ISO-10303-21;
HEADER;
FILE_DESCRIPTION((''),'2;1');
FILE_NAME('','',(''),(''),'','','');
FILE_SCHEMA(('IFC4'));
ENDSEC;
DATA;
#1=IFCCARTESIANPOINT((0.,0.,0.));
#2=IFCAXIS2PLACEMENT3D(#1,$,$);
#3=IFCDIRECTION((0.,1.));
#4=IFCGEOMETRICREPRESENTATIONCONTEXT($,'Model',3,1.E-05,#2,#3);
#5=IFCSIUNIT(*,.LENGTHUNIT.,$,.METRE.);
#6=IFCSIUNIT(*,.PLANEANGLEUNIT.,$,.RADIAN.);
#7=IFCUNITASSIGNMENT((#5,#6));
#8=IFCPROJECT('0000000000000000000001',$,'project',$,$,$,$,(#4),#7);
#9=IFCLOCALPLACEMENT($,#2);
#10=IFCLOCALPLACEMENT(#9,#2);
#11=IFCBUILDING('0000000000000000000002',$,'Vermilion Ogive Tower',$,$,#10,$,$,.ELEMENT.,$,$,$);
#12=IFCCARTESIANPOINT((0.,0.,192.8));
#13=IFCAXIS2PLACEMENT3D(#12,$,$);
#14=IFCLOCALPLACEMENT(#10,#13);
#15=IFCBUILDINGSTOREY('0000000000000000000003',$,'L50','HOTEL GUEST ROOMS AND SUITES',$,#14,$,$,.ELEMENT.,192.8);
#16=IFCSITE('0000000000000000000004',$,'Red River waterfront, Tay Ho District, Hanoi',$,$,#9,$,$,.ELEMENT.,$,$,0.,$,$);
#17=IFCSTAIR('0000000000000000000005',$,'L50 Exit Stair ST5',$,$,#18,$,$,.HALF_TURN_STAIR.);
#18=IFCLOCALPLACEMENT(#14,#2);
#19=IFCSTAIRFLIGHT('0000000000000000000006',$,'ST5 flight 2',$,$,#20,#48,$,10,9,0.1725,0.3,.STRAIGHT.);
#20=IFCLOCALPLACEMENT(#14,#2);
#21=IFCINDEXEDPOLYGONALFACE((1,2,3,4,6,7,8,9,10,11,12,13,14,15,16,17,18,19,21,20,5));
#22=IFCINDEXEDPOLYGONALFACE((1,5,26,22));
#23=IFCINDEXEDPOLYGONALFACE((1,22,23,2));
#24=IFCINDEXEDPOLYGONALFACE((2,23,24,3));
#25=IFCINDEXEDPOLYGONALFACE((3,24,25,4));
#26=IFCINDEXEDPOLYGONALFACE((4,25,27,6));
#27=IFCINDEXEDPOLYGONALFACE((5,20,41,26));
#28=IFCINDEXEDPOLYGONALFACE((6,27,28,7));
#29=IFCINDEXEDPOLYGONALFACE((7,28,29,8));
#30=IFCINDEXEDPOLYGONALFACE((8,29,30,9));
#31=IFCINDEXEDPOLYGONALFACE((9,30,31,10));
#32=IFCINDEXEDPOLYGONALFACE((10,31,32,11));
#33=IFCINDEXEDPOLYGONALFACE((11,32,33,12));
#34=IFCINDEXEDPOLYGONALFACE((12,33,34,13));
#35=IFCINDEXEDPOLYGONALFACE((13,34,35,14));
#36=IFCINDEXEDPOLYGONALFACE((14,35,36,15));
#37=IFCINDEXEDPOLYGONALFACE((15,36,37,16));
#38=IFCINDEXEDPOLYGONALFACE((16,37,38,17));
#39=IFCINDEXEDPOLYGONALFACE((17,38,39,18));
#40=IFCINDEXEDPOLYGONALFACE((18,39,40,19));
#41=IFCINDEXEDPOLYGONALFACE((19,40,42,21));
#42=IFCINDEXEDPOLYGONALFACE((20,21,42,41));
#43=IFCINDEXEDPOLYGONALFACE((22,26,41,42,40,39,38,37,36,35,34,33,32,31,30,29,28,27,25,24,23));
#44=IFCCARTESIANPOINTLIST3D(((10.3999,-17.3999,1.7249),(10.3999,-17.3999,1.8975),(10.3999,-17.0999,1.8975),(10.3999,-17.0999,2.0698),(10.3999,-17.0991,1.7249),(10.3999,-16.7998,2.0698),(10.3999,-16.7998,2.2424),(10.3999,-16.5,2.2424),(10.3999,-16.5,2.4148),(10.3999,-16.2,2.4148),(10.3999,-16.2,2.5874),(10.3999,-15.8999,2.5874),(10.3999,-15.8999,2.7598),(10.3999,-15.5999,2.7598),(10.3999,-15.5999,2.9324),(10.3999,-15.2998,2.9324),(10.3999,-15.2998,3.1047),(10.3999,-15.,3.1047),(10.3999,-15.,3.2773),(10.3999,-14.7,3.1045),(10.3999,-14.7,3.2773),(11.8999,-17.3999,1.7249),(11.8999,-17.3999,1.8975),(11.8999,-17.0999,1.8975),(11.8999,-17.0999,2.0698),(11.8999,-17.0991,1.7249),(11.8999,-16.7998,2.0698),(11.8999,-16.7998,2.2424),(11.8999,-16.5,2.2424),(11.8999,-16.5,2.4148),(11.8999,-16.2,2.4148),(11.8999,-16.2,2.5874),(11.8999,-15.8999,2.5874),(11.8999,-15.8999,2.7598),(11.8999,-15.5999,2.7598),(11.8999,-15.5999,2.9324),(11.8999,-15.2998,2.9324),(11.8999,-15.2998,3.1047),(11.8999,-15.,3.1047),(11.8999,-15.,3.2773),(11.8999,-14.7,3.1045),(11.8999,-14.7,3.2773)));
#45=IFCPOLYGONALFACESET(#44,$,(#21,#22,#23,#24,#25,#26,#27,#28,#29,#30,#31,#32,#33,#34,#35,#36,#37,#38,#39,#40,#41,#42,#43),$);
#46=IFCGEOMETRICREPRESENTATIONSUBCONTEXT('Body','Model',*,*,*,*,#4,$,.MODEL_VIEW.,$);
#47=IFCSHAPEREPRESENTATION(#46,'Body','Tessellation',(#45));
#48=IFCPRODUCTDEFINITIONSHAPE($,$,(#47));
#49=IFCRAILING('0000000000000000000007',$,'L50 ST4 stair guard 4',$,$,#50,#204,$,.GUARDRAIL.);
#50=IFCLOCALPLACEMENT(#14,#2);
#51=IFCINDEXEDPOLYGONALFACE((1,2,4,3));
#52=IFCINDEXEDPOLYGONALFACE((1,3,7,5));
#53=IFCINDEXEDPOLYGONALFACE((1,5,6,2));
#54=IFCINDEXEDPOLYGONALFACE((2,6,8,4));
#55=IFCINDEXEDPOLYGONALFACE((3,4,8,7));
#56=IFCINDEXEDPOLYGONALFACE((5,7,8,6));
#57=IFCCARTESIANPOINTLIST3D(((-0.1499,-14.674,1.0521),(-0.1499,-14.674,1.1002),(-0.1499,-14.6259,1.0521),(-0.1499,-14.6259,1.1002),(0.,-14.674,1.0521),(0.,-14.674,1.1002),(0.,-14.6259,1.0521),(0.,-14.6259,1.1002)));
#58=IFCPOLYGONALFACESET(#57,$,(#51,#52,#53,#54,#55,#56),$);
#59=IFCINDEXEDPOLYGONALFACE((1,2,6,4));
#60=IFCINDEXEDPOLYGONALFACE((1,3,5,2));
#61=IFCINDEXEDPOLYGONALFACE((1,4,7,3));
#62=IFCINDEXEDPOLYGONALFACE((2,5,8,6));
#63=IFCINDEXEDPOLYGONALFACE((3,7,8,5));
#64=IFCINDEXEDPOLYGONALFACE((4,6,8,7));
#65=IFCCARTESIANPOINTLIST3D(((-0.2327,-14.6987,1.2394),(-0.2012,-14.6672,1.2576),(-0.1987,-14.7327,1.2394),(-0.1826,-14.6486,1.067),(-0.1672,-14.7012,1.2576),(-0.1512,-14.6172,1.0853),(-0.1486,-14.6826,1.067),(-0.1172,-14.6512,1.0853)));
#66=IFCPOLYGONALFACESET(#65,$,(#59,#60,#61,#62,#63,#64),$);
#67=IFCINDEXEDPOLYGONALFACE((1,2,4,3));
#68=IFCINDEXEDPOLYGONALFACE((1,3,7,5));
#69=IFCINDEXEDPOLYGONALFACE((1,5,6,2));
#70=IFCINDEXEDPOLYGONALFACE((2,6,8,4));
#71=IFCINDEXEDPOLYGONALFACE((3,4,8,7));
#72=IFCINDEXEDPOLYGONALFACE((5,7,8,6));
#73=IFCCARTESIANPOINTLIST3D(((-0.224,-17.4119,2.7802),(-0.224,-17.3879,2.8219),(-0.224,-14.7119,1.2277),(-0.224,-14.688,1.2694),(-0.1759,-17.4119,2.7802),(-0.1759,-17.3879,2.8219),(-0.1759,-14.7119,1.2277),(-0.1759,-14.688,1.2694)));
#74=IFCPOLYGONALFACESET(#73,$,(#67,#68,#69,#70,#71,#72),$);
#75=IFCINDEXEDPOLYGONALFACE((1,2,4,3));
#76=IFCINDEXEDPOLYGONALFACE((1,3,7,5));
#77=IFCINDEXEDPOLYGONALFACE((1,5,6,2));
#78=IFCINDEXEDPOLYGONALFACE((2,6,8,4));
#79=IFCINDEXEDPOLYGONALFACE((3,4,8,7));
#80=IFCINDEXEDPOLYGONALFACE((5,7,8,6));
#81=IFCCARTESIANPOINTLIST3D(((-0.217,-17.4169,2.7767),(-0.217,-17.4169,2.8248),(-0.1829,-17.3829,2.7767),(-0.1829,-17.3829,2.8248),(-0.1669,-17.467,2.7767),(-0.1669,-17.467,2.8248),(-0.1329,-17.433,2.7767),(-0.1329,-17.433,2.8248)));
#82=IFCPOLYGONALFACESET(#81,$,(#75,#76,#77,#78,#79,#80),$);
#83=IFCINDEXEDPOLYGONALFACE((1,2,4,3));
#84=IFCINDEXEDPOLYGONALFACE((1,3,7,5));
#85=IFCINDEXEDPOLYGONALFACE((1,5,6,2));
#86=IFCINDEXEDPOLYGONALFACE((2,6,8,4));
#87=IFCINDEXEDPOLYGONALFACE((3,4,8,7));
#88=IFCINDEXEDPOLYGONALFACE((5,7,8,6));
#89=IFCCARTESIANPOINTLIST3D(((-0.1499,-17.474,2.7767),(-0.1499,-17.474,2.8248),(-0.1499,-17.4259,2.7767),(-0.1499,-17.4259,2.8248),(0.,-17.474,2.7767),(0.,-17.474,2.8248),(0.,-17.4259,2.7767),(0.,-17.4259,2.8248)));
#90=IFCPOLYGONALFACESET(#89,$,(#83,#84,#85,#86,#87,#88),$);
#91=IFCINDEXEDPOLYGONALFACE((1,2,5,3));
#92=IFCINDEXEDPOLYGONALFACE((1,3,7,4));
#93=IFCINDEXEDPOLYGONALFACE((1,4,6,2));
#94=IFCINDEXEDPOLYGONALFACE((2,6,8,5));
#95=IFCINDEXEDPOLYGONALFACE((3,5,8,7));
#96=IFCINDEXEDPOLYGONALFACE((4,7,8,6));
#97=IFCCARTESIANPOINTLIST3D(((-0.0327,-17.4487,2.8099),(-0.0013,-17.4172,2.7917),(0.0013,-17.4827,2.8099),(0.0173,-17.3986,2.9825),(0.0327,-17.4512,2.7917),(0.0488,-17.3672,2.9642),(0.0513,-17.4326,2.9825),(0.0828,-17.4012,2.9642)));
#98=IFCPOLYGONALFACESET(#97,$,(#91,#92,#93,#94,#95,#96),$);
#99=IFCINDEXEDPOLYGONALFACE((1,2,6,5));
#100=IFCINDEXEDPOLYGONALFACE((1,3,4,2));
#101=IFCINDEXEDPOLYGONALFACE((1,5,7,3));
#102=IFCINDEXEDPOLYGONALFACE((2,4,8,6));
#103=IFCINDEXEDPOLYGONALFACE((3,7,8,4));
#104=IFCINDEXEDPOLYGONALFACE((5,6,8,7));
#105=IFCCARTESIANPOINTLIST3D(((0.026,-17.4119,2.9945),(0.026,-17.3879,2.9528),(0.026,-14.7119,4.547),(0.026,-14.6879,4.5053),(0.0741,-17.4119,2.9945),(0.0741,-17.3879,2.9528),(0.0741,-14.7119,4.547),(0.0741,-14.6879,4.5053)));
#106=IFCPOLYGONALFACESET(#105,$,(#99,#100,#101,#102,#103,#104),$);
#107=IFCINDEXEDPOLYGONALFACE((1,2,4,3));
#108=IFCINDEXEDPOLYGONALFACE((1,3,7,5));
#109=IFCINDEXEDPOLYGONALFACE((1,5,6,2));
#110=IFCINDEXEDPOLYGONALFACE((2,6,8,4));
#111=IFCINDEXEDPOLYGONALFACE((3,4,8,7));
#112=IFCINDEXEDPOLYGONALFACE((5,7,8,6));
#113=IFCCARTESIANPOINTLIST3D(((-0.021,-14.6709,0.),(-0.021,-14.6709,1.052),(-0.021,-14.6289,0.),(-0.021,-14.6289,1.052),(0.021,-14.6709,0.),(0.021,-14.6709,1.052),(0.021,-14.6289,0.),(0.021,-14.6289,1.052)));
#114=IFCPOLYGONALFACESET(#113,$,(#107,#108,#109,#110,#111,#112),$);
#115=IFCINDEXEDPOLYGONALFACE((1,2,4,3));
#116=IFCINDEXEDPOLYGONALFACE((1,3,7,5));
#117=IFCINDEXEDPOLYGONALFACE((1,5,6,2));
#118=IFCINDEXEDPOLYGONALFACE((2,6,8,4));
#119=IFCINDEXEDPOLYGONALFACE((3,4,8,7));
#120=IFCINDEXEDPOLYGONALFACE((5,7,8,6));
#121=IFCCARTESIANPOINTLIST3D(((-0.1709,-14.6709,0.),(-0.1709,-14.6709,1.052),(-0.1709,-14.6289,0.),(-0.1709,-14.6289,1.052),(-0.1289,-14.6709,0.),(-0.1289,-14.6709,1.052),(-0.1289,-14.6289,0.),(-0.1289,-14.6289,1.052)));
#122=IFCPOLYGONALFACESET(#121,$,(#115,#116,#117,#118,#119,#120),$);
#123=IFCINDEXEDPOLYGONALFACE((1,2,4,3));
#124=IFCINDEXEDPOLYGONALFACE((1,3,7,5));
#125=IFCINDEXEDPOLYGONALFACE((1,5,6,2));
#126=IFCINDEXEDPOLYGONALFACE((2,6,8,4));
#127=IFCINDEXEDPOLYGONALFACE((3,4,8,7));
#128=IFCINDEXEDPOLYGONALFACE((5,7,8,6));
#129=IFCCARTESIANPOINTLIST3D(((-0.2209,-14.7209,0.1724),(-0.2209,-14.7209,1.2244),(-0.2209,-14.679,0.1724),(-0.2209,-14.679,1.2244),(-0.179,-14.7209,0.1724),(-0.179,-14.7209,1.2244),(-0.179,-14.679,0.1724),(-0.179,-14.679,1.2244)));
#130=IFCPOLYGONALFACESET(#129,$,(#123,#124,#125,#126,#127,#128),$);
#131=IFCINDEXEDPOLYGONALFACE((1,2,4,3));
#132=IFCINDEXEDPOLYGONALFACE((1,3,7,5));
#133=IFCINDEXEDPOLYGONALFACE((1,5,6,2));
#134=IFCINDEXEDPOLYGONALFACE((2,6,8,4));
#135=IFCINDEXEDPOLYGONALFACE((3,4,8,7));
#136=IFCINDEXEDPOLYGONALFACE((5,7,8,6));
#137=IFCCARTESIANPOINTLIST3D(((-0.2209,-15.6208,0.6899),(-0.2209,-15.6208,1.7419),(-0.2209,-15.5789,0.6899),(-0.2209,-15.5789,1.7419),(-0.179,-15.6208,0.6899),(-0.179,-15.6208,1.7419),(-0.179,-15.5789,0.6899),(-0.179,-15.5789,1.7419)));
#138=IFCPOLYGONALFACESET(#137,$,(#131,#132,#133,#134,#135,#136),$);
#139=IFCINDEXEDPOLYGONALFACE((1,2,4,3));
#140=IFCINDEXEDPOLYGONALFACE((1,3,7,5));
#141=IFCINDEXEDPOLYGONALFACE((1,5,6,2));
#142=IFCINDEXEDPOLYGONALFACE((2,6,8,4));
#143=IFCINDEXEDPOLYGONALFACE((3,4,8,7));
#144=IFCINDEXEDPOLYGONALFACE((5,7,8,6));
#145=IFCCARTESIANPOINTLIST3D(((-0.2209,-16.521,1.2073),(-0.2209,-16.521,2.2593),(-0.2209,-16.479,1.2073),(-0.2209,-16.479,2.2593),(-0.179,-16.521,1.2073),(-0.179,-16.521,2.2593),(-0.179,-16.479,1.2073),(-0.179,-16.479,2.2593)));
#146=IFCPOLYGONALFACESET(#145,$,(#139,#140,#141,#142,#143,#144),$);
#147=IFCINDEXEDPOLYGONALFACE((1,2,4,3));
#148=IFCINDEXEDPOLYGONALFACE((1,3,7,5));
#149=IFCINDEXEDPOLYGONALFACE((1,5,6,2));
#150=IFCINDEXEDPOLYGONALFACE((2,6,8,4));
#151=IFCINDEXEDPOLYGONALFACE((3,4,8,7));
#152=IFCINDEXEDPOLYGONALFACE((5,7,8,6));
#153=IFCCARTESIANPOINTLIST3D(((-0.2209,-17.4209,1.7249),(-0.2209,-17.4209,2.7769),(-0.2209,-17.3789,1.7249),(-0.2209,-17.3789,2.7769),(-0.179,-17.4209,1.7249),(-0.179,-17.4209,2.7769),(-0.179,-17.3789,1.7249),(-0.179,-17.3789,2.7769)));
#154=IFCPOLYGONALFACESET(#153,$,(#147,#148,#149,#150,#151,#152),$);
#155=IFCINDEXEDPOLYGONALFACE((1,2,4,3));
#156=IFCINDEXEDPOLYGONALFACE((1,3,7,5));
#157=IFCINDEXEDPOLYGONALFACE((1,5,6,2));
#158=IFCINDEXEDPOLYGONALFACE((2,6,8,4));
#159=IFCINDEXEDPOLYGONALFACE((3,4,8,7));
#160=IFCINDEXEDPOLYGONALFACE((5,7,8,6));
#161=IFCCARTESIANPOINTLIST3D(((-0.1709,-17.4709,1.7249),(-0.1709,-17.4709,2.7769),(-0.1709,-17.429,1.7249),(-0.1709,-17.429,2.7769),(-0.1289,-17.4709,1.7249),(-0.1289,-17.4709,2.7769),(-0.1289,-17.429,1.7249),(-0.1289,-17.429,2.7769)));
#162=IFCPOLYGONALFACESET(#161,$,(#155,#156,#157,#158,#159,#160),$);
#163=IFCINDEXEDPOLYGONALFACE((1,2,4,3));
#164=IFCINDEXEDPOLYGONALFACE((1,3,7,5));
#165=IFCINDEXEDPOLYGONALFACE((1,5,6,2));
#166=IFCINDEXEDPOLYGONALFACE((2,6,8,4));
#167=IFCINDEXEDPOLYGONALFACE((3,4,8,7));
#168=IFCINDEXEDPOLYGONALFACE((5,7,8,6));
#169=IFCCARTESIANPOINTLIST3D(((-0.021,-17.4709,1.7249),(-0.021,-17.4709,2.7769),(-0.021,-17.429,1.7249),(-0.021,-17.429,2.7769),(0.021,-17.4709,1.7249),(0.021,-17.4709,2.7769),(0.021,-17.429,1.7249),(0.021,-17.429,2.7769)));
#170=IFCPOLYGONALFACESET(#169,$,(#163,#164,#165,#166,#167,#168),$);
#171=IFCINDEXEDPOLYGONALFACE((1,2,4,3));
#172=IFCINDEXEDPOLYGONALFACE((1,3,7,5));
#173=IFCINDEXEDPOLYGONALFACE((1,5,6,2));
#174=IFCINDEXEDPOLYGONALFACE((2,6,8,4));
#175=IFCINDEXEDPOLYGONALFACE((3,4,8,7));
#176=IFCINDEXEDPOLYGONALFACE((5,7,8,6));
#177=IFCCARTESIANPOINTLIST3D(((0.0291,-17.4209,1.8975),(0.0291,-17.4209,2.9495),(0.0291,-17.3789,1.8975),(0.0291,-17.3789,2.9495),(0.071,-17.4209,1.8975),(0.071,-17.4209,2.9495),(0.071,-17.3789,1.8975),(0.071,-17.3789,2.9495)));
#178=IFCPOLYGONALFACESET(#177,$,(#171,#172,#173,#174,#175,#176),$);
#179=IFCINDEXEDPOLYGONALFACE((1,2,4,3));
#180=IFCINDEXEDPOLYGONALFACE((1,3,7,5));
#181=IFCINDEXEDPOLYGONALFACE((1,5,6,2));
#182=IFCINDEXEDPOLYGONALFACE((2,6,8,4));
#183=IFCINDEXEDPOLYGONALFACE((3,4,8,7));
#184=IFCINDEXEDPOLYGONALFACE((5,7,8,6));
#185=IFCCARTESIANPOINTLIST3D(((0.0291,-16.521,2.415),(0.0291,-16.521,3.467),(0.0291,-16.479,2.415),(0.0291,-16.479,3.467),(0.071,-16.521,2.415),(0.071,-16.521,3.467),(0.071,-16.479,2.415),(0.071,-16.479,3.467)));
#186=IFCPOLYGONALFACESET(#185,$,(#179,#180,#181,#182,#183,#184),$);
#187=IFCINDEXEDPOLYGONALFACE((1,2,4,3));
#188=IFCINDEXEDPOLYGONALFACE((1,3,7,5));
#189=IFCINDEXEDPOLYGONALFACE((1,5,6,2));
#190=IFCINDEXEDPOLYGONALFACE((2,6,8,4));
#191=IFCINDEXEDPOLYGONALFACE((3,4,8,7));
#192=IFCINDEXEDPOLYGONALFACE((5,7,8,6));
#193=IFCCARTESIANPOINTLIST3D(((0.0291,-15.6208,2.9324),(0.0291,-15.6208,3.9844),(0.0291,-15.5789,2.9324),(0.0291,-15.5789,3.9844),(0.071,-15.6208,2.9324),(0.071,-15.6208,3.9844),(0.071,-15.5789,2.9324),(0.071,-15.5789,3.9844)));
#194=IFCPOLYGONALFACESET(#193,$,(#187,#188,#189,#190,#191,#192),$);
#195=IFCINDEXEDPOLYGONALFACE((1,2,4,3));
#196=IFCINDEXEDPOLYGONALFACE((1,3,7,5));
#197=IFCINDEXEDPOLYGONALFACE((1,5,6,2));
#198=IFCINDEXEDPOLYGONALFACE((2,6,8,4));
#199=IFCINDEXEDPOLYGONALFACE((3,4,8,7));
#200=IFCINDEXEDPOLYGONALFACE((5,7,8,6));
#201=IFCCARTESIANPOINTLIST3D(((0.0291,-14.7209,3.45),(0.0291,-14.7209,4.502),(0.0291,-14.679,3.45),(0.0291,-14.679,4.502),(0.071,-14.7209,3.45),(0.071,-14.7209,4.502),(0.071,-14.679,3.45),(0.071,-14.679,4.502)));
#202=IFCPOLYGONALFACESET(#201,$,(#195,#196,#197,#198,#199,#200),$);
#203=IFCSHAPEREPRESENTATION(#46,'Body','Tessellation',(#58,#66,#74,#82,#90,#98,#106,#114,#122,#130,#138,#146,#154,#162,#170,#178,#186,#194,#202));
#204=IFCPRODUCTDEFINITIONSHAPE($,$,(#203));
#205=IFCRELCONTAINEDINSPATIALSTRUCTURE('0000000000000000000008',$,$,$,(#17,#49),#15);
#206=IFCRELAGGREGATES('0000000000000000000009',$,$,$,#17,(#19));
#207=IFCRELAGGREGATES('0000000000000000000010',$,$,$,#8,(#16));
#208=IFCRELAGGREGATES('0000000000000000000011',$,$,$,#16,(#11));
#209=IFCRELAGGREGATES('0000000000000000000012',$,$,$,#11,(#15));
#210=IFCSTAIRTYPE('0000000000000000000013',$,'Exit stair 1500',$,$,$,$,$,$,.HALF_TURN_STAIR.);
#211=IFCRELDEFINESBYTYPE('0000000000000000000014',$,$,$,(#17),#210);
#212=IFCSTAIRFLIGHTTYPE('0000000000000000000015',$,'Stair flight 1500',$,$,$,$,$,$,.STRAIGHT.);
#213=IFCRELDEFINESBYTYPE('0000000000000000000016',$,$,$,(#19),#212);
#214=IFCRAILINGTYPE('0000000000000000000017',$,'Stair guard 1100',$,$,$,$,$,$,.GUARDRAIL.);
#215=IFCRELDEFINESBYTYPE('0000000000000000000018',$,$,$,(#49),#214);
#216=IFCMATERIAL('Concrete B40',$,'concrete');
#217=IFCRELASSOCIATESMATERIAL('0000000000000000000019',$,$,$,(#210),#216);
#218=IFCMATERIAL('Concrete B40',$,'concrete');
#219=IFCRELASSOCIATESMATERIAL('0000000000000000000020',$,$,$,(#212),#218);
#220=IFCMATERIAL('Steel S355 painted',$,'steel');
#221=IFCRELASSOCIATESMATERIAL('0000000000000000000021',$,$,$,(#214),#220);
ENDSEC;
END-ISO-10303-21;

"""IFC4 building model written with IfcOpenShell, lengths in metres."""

from ifc_helpers import new_model, si_unit, direction, frame, origin, origin_2d, place, context, subcontext, project, spatial, polyline, rectangle, outline, extrude, material, type_object, element, aggregate, save


model = new_model("IFC4")

# Units and contexts
model_context = context("Model", 3, precision=1e-05, world=origin(), true_north=direction((0.0, 1.0)))
body_context = subcontext(model_context, "Body", "Model", "MODEL_VIEW")
ifc_project = project(units=[si_unit("LENGTHUNIT", "METRE"), si_unit("PLANEANGLEUNIT", "RADIAN")], contexts=[model_context])

# Site, building, storey
site_placement = place(None, origin())
site = spatial("IfcSite", under=ifc_project, at=site_placement, Name="Red River waterfront, Tay Ho District, Hanoi", CompositionType="ELEMENT", RefElevation=0.0)
building_placement = place(site_placement, origin())
building = spatial("IfcBuilding", under=site, at=building_placement, Name="Vermilion Ogive Tower", CompositionType="ELEMENT")
storey_placement = place(building_placement, frame((0.0, 0.0, 192.8)))
storey = spatial("IfcBuildingStorey", under=building, at=storey_placement, Name="L50", Description="HOTEL GUEST ROOMS AND SUITES", CompositionType="ELEMENT", Elevation=192.8)

# Stair, stair flight
ifc_material_1 = material(Name="Concrete B40", Category="concrete")
stair_type = type_object("IfcStairType", Name="Exit stair 1500", PredefinedType="HALF_TURN_STAIR", material=ifc_material_1)
stair_placement = place(storey_placement, origin())
stair = element("IfcStair", 1, at=stair_placement, inside=storey, type_object=stair_type, Name="L50 Exit Stair ST5", PredefinedType="HALF_TURN_STAIR")
ifc_material_2 = material(Name="Concrete B40", Category="concrete")
stair_flight_type = type_object("IfcStairFlightType", Name="Stair flight 1500", PredefinedType="STRAIGHT", material=ifc_material_2)
stair_flight_1_placement = place(storey_placement, frame((11.1499, -17.3999, 1.7249), z_axis=(0.0, 0.0, 1.0), x_axis=(0.0, 1.0, 0.0)))
stair_flight_1 = element("IfcStairFlight", 2, at=stair_flight_1_placement, type_object=stair_flight_type, Name="ST5 flight 2", NumberOfRisers=10, NumberOfTreads=9, PredefinedType="STRAIGHT", RiserHeight=0.1725, TreadLength=0.3, context=body_context, shape_type="SweptSolid", body=[
    extrude(outline(polyline([(0.0, 0.0), (0.0, 0.1726), (0.3, 0.1726), (0.3, 0.345), (0.6001, 0.345), (0.6001, 0.5176), (0.8999, 0.5176), (0.8999, 0.6899), (1.2, 0.6899), (1.2, 0.8625), (1.5, 0.8625), (1.5, 1.0349), (1.8, 1.0349), (1.8, 1.2075), (2.1001, 1.2075), (2.1001, 1.3799), (2.3999, 1.3799), (2.3999, 1.5525), (2.7, 1.5525), (2.7, 1.7251), (2.7, 1.3796), (0.3008, 0.0), (0.0, 0.0)])), frame((0.0, 0.75, 0.0), z_axis=(0.0, -1.0, 0.0), x_axis=(1.0, 0.0, 0.0)), (0.0, 0.0, 1.0), 1.5),
])
aggregate(stair, [stair_flight_1])

# Railing
ifc_material_3 = material(Name="Steel S355 painted", Category="steel")
railing_type_1 = type_object("IfcRailingType", Name="Stair guard 1100", PredefinedType="GUARDRAIL", material=ifc_material_3)
railing_1_placement = place(storey_placement, frame((0.0, -14.6499, 0.0)))
element("IfcRailing", 3, at=railing_1_placement, inside=storey, type_object=railing_type_1, Name="L50 ST4 stair guard 4", PredefinedType="GUARDRAIL", context=body_context, shape_type="SweptSolid", body=[
    extrude(rectangle(XDim=0.0481, YDim=0.0481, at=origin_2d()), frame((0.0, 0.0, 1.0762), z_axis=(-1.0, 0.0, 0.0), x_axis=(0.0, -1.0, 0.0)), (0.0, 0.0, 1.0), 0.1499),
    extrude(rectangle(XDim=0.0481, YDim=0.0481, at=origin_2d()), frame((-0.1499, 0.0, 1.0762), z_axis=(-0.268603, -0.268603, 0.925043), x_axis=(0.707107, -0.707107, 0.0)), (0.0, 0.0, 1.0), 0.1863),
    extrude(rectangle(XDim=0.0481, YDim=0.0481, at=origin_2d()), frame((-0.2, -0.05, 1.2485), z_axis=(0.0, -0.866904, 0.498476), x_axis=(1.0, 0.0, 0.0)), (0.0, 0.0, 1.0), 3.1145),
    extrude(rectangle(XDim=0.0481, YDim=0.0481, at=origin_2d()), frame((-0.2, -2.75, 2.8008), z_axis=(0.707107, -0.707107, 0.0), x_axis=(0.707107, 0.707107, 0.0)), (0.0, 0.0, 1.0), 0.0708),
    extrude(rectangle(XDim=0.0481, YDim=0.0481, at=origin_2d()), frame((-0.1499, -2.8, 2.8008), z_axis=(1.0, 0.0, 0.0), x_axis=(0.0, 1.0, 0.0)), (0.0, 0.0, 1.0), 0.1499),
    extrude(rectangle(XDim=0.0481, YDim=0.0481, at=origin_2d()), frame((0.0, -2.8, 2.8008), z_axis=(0.268278, 0.268278, 0.925232), x_axis=(-0.707107, 0.707107, 0.0)), (0.0, 0.0, 1.0), 0.1865),
    extrude(rectangle(XDim=0.0481, YDim=0.0481, at=origin_2d()), frame((0.05, -2.75, 2.9736), z_axis=(0.0, 0.866904, 0.498476), x_axis=(-1.0, 0.0, 0.0)), (0.0, 0.0, 1.0), 3.1145),
    extrude(rectangle(XDim=0.042, YDim=0.042, at=origin_2d()), origin(), (0.0, 0.0, 1.0), 1.052),
    extrude(rectangle(XDim=0.042, YDim=0.042, at=origin_2d()), frame((-0.1499, 0.0, 0.0)), (0.0, 0.0, 1.0), 1.052),
    extrude(rectangle(XDim=0.042, YDim=0.042, at=origin_2d()), frame((-0.2, -0.05, 0.1724)), (0.0, 0.0, 1.0), 1.052),
    extrude(rectangle(XDim=0.042, YDim=0.042, at=origin_2d()), frame((-0.2, -0.95, 0.6899)), (0.0, 0.0, 1.0), 1.052),
    extrude(rectangle(XDim=0.042, YDim=0.042, at=origin_2d()), frame((-0.2, -1.8501, 1.2073)), (0.0, 0.0, 1.0), 1.052),
    extrude(rectangle(XDim=0.042, YDim=0.042, at=origin_2d()), frame((-0.2, -2.75, 1.7249)), (0.0, 0.0, 1.0), 1.052),
    extrude(rectangle(XDim=0.042, YDim=0.042, at=origin_2d()), frame((-0.1499, -2.8, 1.7249)), (0.0, 0.0, 1.0), 1.052),
    extrude(rectangle(XDim=0.042, YDim=0.042, at=origin_2d()), frame((0.0, -2.8, 1.7249)), (0.0, 0.0, 1.0), 1.052),
    extrude(rectangle(XDim=0.042, YDim=0.042, at=origin_2d()), frame((0.05, -2.75, 1.8975)), (0.0, 0.0, 1.0), 1.052),
    extrude(rectangle(XDim=0.042, YDim=0.042, at=origin_2d()), frame((0.05, -1.8501, 2.415)), (0.0, 0.0, 1.0), 1.052),
    extrude(rectangle(XDim=0.042, YDim=0.042, at=origin_2d()), frame((0.05, -0.95, 2.9324)), (0.0, 0.0, 1.0), 1.052),
    extrude(rectangle(XDim=0.042, YDim=0.042, at=origin_2d()), frame((0.05, -0.05, 3.45)), (0.0, 0.0, 1.0), 1.052),
])

save(model, "model.ifc")
